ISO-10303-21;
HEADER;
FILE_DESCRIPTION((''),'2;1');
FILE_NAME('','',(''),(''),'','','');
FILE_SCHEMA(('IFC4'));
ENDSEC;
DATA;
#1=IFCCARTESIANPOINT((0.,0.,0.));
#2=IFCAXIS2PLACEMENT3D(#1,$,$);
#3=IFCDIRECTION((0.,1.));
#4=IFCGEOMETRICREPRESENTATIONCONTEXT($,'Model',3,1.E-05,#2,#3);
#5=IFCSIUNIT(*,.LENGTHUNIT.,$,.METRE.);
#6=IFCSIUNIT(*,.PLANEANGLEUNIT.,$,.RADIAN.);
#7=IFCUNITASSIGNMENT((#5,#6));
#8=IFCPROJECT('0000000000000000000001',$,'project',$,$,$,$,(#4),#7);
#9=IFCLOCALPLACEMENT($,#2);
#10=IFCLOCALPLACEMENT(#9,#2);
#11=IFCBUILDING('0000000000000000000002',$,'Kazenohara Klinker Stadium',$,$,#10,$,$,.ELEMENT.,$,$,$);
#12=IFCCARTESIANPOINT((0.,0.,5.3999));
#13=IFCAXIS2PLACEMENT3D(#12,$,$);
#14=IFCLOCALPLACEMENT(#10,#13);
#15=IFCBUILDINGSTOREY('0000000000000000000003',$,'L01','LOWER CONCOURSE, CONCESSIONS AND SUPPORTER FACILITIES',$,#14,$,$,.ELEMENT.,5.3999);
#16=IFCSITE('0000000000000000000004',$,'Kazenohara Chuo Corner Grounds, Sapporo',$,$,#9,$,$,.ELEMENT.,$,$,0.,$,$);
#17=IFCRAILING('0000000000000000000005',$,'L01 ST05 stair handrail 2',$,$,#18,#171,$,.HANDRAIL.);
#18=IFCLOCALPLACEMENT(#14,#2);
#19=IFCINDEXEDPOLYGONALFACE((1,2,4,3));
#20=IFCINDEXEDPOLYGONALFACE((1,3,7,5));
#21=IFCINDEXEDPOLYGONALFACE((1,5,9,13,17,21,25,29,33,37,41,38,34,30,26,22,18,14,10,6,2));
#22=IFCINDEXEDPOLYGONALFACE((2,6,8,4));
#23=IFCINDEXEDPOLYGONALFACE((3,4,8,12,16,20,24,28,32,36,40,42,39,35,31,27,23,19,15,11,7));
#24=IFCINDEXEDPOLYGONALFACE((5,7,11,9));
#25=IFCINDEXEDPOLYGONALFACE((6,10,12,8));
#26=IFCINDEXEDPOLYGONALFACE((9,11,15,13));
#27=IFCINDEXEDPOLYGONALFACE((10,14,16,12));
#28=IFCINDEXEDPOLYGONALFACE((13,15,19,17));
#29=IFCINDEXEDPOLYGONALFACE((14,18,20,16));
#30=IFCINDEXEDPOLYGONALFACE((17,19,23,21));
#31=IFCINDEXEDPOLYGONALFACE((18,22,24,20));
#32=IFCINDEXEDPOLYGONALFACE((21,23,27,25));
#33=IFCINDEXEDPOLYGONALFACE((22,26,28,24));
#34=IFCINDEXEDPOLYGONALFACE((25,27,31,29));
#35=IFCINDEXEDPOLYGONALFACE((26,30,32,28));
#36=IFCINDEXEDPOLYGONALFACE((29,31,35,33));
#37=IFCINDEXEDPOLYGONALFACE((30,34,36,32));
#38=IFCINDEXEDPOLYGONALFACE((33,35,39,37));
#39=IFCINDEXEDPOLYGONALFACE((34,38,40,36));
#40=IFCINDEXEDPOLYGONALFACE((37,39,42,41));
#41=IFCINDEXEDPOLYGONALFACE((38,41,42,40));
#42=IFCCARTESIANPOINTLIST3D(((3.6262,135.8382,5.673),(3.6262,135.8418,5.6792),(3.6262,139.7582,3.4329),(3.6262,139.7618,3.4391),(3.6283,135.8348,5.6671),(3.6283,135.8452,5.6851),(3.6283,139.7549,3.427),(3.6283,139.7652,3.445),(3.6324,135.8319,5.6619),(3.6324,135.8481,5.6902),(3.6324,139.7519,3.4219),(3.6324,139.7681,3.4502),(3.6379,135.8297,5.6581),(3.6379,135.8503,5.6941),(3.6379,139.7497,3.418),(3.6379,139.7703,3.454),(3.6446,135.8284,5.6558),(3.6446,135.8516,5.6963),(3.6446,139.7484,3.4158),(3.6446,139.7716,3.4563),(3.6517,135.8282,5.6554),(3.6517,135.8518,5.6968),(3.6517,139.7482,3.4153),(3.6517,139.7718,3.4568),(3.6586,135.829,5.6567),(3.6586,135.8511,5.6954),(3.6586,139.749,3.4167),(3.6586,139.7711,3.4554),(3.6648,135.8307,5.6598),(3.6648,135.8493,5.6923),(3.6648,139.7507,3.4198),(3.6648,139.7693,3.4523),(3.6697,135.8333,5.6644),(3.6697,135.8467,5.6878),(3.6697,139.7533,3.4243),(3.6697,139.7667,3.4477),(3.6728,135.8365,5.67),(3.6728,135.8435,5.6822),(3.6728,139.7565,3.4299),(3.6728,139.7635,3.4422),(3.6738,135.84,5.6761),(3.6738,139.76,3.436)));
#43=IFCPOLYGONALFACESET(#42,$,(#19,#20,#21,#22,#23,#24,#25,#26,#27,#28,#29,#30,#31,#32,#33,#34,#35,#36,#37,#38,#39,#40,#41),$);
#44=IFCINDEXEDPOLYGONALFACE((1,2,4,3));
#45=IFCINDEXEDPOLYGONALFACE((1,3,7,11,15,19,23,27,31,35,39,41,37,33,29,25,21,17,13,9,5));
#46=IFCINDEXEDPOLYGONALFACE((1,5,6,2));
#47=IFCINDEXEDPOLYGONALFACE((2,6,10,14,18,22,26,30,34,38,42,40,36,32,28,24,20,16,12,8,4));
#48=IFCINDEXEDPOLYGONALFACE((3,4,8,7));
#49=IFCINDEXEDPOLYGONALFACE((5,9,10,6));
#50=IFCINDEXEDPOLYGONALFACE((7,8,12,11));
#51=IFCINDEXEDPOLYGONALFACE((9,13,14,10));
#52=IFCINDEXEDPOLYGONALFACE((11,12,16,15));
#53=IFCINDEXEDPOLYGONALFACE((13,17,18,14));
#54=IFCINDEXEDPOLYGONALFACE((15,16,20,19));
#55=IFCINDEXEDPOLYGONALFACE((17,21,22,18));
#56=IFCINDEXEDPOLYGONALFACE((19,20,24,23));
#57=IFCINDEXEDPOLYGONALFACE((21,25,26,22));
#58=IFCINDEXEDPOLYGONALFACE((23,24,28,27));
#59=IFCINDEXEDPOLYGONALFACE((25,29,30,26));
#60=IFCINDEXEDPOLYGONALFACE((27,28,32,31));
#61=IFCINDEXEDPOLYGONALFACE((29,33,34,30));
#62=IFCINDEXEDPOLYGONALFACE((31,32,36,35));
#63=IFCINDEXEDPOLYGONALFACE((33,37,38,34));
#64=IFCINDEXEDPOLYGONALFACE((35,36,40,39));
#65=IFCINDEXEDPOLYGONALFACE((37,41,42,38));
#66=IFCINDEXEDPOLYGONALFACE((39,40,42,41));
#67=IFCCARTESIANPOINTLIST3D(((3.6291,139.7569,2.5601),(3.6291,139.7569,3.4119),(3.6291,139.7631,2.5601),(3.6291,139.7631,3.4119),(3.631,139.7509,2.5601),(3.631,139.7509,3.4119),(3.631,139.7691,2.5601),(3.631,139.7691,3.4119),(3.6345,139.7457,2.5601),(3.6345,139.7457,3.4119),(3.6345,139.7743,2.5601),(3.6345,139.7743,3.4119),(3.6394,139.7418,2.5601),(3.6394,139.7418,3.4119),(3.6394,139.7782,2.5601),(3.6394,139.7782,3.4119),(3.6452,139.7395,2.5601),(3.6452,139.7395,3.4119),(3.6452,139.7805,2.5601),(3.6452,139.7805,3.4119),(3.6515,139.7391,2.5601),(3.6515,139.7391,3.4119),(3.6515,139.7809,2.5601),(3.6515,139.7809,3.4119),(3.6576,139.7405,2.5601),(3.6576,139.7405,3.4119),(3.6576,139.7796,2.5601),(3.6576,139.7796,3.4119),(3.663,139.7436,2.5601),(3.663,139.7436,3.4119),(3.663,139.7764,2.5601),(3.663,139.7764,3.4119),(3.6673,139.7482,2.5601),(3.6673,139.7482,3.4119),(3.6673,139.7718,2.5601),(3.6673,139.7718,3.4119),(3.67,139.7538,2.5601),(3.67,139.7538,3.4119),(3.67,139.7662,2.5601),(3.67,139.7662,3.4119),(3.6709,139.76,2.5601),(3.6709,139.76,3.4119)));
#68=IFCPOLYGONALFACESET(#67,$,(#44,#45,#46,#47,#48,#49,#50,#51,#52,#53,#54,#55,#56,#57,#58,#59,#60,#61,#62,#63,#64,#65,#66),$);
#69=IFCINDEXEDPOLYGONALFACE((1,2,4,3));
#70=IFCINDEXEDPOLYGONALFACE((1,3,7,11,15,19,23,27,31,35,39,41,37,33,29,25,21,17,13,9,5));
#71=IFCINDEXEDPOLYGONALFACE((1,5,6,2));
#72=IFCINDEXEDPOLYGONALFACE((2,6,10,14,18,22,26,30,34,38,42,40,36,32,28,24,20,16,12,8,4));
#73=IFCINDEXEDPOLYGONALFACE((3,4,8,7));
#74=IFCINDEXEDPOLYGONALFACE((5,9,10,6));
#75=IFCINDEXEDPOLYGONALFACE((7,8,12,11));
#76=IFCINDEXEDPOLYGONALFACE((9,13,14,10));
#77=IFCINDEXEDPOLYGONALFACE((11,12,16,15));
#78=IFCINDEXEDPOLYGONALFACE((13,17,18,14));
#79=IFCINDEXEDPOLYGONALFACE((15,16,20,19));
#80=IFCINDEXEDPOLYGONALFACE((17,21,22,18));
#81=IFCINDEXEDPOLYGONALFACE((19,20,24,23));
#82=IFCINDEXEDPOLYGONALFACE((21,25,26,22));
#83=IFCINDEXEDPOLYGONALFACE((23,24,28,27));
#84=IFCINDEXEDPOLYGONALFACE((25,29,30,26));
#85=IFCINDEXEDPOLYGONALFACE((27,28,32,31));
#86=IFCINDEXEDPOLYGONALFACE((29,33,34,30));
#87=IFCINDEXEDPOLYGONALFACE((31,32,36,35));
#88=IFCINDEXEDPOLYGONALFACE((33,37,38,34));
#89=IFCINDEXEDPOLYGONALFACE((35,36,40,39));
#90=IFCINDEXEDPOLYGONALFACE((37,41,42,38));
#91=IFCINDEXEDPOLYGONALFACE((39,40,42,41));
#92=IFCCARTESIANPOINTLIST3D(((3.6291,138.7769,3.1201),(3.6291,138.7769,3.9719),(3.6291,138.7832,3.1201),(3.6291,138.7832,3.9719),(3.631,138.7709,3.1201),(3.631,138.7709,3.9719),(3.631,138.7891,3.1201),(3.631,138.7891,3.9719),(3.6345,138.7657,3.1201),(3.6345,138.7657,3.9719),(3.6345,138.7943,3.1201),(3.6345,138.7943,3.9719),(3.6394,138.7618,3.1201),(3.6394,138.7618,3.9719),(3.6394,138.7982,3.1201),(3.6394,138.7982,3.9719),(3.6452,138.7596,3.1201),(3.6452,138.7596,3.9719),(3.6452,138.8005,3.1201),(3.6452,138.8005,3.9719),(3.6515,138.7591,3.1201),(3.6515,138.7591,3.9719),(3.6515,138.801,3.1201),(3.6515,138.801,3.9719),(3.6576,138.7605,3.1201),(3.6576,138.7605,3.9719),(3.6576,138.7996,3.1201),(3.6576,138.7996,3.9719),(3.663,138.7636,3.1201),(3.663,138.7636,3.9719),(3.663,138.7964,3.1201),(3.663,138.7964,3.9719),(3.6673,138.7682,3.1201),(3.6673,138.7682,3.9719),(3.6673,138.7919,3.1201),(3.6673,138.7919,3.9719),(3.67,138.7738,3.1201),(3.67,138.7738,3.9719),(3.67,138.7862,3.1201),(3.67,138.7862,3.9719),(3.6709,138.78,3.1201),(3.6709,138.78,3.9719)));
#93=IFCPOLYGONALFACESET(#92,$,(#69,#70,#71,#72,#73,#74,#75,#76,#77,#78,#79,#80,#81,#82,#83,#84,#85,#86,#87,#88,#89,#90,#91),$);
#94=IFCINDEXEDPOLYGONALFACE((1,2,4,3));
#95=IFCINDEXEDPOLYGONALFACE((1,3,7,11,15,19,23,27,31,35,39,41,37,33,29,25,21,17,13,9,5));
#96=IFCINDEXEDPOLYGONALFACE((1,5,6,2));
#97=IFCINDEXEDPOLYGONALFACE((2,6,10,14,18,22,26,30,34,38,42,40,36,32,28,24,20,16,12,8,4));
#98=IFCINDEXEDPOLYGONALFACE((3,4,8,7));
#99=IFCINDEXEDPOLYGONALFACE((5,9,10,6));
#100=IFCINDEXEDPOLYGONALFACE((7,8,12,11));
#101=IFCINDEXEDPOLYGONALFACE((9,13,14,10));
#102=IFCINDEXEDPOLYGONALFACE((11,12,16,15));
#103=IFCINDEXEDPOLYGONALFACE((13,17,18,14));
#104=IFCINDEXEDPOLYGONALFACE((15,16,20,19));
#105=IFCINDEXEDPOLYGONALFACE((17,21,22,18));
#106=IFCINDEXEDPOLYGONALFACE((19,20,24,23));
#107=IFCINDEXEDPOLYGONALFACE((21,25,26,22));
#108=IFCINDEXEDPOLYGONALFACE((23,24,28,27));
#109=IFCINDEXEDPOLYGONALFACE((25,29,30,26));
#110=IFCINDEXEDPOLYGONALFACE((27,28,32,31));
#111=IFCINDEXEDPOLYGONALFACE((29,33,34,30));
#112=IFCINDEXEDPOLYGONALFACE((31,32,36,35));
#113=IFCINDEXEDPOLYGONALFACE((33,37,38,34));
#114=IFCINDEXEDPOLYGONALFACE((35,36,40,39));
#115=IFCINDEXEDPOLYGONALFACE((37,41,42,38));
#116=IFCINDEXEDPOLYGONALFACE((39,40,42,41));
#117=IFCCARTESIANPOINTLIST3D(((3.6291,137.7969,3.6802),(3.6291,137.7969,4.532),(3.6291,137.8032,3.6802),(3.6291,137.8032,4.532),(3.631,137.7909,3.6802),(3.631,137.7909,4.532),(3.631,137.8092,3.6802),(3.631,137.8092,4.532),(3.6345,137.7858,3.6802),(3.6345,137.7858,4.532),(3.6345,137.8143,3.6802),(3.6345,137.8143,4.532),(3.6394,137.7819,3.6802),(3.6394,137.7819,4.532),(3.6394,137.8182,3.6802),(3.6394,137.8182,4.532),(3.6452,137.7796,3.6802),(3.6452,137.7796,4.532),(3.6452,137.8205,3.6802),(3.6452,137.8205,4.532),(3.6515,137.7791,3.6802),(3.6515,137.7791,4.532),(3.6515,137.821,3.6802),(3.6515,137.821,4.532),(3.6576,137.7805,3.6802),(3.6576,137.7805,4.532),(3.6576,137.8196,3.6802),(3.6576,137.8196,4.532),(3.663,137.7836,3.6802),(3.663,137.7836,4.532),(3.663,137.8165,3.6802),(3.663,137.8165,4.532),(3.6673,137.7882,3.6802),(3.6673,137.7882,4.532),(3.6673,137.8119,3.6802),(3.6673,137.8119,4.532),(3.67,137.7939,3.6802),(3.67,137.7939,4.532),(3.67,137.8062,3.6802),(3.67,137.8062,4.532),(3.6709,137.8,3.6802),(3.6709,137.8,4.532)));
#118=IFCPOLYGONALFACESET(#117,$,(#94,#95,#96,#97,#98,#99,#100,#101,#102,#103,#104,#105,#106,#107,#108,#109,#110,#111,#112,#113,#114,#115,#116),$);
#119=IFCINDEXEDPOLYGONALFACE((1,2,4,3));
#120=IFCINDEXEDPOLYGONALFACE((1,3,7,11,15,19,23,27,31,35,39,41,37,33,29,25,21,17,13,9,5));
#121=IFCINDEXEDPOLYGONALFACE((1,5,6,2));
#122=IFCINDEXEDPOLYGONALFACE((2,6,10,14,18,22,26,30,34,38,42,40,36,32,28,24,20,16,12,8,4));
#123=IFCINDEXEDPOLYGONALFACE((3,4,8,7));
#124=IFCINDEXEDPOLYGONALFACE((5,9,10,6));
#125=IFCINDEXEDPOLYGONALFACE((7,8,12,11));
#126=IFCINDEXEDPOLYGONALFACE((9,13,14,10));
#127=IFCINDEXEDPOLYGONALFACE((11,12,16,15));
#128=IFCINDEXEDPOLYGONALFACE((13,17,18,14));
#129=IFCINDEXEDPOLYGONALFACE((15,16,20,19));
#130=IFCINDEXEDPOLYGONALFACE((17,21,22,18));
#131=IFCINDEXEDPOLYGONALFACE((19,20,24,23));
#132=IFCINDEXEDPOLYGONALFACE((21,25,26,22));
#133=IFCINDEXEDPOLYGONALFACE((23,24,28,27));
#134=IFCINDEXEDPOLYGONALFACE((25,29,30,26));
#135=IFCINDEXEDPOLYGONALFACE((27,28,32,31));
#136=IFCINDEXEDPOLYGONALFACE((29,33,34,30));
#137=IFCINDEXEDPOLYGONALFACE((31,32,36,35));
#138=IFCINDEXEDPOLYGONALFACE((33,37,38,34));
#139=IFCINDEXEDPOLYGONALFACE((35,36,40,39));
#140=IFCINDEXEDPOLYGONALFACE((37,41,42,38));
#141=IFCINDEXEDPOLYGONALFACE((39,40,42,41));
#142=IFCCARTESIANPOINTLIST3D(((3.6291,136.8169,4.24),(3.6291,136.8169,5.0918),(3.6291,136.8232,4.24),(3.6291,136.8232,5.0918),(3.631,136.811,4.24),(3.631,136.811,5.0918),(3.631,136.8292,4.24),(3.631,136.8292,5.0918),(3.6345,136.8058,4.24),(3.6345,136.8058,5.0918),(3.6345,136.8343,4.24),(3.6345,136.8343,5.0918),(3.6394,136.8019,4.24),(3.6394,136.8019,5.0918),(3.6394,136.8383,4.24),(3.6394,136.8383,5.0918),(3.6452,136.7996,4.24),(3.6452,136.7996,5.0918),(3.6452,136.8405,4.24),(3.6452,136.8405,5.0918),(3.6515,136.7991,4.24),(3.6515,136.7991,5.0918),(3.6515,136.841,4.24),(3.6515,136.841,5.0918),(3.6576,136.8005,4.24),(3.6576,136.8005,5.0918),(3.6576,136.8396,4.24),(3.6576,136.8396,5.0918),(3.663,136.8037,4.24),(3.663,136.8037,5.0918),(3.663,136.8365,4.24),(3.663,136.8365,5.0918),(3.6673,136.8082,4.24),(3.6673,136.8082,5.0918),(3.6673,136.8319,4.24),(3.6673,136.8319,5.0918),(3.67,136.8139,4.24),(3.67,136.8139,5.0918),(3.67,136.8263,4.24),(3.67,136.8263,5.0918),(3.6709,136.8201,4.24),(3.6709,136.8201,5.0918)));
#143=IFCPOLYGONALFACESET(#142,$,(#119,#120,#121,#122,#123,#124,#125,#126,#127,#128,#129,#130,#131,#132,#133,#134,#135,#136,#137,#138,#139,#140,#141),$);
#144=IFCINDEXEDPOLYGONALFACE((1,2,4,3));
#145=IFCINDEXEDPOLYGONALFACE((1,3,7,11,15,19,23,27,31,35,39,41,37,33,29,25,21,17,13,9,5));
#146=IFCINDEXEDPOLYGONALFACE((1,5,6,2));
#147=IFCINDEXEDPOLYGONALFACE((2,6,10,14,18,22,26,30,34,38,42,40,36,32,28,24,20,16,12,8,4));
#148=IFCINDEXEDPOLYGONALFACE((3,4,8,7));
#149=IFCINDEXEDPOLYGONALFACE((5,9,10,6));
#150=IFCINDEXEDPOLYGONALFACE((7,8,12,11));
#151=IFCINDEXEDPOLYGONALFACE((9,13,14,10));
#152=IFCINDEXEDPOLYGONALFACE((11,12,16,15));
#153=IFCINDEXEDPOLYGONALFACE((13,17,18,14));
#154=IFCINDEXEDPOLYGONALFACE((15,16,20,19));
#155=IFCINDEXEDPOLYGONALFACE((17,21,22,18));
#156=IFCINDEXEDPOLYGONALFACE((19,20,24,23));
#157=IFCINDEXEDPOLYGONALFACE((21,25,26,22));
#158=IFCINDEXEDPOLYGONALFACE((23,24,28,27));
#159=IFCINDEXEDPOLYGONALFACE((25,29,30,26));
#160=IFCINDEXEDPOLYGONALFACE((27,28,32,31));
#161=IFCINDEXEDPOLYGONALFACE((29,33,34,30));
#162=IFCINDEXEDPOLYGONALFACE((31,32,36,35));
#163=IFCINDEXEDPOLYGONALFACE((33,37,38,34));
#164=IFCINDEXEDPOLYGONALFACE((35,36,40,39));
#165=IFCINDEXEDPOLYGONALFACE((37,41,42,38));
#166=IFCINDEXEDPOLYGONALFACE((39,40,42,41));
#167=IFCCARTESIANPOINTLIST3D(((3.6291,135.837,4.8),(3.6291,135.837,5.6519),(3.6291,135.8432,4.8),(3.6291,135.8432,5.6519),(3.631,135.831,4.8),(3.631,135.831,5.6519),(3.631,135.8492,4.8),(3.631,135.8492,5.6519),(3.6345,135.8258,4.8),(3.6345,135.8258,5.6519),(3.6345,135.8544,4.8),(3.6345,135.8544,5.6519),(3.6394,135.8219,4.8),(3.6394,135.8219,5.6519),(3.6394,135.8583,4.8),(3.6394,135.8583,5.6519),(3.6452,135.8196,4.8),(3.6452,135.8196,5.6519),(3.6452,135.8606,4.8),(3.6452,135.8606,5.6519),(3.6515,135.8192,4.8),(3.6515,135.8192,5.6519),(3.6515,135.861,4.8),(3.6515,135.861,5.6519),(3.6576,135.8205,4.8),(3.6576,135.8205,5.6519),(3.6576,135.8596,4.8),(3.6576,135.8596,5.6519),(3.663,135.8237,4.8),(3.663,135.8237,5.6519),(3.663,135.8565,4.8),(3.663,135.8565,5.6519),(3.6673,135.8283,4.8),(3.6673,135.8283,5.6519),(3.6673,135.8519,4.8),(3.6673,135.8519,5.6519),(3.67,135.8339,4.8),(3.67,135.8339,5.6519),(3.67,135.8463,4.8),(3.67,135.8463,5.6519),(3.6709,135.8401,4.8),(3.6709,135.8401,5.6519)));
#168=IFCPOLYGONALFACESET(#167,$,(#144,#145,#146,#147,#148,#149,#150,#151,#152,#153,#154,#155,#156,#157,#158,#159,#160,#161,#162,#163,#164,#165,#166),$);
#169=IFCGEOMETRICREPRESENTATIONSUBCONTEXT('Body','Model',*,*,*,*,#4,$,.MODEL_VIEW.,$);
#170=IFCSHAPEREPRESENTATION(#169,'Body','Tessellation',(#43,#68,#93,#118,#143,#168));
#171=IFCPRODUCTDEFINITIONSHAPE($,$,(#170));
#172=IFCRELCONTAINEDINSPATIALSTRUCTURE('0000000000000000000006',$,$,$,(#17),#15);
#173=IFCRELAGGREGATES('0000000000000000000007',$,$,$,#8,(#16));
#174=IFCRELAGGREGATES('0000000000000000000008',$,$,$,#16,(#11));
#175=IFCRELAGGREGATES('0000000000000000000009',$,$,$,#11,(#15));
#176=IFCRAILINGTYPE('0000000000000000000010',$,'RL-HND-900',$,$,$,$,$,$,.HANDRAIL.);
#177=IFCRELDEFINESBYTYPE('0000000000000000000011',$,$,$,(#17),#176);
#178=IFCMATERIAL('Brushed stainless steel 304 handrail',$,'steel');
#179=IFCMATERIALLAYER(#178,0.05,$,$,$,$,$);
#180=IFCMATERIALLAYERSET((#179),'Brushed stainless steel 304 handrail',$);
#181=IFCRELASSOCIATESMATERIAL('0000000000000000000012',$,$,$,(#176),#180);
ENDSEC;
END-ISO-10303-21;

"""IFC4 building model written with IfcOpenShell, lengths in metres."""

from ifc_helpers import new_model, si_unit, direction, frame, origin, origin_2d, place, context, subcontext, project, spatial, circle, extrude, material, layer, layer_set, type_object, element, save


model = new_model("IFC4")

# Units and contexts
model_context = context("Model", 3, precision=1e-05, world=origin(), true_north=direction((0.0, 1.0)))
body_context = subcontext(model_context, "Body", "Model", "MODEL_VIEW")
ifc_project = project(units=[si_unit("LENGTHUNIT", "METRE"), si_unit("PLANEANGLEUNIT", "RADIAN")], contexts=[model_context])

# Site, building, storey
site_placement = place(None, origin())
site = spatial("IfcSite", under=ifc_project, at=site_placement, Name="Kazenohara Chuo Corner Grounds, Sapporo", CompositionType="ELEMENT", RefElevation=0.0)
building_placement = place(site_placement, origin())
building = spatial("IfcBuilding", under=site, at=building_placement, Name="Kazenohara Klinker Stadium", CompositionType="ELEMENT")
storey_placement = place(building_placement, frame((0.0, 0.0, 5.3999)))
storey = spatial("IfcBuildingStorey", under=building, at=storey_placement, Name="L01", Description="LOWER CONCOURSE, CONCESSIONS AND SUPPORTER FACILITIES", CompositionType="ELEMENT", Elevation=5.3999)

# Railing
ifc_material_1 = material(Name="Brushed stainless steel 304 handrail", Category="steel")
ifc_layer_1 = layer(ifc_material_1, 0.05)
ifc_layer_set_1 = layer_set([ifc_layer_1], Name="Brushed stainless steel 304 handrail")
railing_type_1 = type_object("IfcRailingType", Name="RL-HND-900", PredefinedType="HANDRAIL", material=ifc_layer_set_1)
railing_1_placement = place(storey_placement, frame((3.6499, 139.76, 2.5601)))
element("IfcRailing", 1, at=railing_1_placement, inside=storey, type_object=railing_type_1, Name="L01 ST05 stair handrail 2", PredefinedType="HANDRAIL", context=body_context, shape_type="SweptSolid", body=[
    extrude(circle(Radius=0.0239, at=origin_2d()), frame((0.0, 0.0, 0.876), z_axis=(0.0, -0.86824, 0.496145), x_axis=(1.0, 0.0, 0.0)), (0.0, 0.0, 1.0), 4.5149),
    extrude(circle(Radius=0.021, at=origin_2d()), origin(), (0.0, 0.0, 1.0), 0.8518),
    extrude(circle(Radius=0.021, at=origin_2d()), frame((0.0, -0.98, 0.5601)), (0.0, 0.0, 1.0), 0.8518),
    extrude(circle(Radius=0.021, at=origin_2d()), frame((0.0, -1.96, 1.1201)), (0.0, 0.0, 1.0), 0.8518),
    extrude(circle(Radius=0.021, at=origin_2d()), frame((0.0, -2.9399, 1.6799)), (0.0, 0.0, 1.0), 0.8518),
    extrude(circle(Radius=0.021, at=origin_2d()), frame((0.0, -3.9199, 2.24)), (0.0, 0.0, 1.0), 0.8518),
])

save(model, "model.ifc")
